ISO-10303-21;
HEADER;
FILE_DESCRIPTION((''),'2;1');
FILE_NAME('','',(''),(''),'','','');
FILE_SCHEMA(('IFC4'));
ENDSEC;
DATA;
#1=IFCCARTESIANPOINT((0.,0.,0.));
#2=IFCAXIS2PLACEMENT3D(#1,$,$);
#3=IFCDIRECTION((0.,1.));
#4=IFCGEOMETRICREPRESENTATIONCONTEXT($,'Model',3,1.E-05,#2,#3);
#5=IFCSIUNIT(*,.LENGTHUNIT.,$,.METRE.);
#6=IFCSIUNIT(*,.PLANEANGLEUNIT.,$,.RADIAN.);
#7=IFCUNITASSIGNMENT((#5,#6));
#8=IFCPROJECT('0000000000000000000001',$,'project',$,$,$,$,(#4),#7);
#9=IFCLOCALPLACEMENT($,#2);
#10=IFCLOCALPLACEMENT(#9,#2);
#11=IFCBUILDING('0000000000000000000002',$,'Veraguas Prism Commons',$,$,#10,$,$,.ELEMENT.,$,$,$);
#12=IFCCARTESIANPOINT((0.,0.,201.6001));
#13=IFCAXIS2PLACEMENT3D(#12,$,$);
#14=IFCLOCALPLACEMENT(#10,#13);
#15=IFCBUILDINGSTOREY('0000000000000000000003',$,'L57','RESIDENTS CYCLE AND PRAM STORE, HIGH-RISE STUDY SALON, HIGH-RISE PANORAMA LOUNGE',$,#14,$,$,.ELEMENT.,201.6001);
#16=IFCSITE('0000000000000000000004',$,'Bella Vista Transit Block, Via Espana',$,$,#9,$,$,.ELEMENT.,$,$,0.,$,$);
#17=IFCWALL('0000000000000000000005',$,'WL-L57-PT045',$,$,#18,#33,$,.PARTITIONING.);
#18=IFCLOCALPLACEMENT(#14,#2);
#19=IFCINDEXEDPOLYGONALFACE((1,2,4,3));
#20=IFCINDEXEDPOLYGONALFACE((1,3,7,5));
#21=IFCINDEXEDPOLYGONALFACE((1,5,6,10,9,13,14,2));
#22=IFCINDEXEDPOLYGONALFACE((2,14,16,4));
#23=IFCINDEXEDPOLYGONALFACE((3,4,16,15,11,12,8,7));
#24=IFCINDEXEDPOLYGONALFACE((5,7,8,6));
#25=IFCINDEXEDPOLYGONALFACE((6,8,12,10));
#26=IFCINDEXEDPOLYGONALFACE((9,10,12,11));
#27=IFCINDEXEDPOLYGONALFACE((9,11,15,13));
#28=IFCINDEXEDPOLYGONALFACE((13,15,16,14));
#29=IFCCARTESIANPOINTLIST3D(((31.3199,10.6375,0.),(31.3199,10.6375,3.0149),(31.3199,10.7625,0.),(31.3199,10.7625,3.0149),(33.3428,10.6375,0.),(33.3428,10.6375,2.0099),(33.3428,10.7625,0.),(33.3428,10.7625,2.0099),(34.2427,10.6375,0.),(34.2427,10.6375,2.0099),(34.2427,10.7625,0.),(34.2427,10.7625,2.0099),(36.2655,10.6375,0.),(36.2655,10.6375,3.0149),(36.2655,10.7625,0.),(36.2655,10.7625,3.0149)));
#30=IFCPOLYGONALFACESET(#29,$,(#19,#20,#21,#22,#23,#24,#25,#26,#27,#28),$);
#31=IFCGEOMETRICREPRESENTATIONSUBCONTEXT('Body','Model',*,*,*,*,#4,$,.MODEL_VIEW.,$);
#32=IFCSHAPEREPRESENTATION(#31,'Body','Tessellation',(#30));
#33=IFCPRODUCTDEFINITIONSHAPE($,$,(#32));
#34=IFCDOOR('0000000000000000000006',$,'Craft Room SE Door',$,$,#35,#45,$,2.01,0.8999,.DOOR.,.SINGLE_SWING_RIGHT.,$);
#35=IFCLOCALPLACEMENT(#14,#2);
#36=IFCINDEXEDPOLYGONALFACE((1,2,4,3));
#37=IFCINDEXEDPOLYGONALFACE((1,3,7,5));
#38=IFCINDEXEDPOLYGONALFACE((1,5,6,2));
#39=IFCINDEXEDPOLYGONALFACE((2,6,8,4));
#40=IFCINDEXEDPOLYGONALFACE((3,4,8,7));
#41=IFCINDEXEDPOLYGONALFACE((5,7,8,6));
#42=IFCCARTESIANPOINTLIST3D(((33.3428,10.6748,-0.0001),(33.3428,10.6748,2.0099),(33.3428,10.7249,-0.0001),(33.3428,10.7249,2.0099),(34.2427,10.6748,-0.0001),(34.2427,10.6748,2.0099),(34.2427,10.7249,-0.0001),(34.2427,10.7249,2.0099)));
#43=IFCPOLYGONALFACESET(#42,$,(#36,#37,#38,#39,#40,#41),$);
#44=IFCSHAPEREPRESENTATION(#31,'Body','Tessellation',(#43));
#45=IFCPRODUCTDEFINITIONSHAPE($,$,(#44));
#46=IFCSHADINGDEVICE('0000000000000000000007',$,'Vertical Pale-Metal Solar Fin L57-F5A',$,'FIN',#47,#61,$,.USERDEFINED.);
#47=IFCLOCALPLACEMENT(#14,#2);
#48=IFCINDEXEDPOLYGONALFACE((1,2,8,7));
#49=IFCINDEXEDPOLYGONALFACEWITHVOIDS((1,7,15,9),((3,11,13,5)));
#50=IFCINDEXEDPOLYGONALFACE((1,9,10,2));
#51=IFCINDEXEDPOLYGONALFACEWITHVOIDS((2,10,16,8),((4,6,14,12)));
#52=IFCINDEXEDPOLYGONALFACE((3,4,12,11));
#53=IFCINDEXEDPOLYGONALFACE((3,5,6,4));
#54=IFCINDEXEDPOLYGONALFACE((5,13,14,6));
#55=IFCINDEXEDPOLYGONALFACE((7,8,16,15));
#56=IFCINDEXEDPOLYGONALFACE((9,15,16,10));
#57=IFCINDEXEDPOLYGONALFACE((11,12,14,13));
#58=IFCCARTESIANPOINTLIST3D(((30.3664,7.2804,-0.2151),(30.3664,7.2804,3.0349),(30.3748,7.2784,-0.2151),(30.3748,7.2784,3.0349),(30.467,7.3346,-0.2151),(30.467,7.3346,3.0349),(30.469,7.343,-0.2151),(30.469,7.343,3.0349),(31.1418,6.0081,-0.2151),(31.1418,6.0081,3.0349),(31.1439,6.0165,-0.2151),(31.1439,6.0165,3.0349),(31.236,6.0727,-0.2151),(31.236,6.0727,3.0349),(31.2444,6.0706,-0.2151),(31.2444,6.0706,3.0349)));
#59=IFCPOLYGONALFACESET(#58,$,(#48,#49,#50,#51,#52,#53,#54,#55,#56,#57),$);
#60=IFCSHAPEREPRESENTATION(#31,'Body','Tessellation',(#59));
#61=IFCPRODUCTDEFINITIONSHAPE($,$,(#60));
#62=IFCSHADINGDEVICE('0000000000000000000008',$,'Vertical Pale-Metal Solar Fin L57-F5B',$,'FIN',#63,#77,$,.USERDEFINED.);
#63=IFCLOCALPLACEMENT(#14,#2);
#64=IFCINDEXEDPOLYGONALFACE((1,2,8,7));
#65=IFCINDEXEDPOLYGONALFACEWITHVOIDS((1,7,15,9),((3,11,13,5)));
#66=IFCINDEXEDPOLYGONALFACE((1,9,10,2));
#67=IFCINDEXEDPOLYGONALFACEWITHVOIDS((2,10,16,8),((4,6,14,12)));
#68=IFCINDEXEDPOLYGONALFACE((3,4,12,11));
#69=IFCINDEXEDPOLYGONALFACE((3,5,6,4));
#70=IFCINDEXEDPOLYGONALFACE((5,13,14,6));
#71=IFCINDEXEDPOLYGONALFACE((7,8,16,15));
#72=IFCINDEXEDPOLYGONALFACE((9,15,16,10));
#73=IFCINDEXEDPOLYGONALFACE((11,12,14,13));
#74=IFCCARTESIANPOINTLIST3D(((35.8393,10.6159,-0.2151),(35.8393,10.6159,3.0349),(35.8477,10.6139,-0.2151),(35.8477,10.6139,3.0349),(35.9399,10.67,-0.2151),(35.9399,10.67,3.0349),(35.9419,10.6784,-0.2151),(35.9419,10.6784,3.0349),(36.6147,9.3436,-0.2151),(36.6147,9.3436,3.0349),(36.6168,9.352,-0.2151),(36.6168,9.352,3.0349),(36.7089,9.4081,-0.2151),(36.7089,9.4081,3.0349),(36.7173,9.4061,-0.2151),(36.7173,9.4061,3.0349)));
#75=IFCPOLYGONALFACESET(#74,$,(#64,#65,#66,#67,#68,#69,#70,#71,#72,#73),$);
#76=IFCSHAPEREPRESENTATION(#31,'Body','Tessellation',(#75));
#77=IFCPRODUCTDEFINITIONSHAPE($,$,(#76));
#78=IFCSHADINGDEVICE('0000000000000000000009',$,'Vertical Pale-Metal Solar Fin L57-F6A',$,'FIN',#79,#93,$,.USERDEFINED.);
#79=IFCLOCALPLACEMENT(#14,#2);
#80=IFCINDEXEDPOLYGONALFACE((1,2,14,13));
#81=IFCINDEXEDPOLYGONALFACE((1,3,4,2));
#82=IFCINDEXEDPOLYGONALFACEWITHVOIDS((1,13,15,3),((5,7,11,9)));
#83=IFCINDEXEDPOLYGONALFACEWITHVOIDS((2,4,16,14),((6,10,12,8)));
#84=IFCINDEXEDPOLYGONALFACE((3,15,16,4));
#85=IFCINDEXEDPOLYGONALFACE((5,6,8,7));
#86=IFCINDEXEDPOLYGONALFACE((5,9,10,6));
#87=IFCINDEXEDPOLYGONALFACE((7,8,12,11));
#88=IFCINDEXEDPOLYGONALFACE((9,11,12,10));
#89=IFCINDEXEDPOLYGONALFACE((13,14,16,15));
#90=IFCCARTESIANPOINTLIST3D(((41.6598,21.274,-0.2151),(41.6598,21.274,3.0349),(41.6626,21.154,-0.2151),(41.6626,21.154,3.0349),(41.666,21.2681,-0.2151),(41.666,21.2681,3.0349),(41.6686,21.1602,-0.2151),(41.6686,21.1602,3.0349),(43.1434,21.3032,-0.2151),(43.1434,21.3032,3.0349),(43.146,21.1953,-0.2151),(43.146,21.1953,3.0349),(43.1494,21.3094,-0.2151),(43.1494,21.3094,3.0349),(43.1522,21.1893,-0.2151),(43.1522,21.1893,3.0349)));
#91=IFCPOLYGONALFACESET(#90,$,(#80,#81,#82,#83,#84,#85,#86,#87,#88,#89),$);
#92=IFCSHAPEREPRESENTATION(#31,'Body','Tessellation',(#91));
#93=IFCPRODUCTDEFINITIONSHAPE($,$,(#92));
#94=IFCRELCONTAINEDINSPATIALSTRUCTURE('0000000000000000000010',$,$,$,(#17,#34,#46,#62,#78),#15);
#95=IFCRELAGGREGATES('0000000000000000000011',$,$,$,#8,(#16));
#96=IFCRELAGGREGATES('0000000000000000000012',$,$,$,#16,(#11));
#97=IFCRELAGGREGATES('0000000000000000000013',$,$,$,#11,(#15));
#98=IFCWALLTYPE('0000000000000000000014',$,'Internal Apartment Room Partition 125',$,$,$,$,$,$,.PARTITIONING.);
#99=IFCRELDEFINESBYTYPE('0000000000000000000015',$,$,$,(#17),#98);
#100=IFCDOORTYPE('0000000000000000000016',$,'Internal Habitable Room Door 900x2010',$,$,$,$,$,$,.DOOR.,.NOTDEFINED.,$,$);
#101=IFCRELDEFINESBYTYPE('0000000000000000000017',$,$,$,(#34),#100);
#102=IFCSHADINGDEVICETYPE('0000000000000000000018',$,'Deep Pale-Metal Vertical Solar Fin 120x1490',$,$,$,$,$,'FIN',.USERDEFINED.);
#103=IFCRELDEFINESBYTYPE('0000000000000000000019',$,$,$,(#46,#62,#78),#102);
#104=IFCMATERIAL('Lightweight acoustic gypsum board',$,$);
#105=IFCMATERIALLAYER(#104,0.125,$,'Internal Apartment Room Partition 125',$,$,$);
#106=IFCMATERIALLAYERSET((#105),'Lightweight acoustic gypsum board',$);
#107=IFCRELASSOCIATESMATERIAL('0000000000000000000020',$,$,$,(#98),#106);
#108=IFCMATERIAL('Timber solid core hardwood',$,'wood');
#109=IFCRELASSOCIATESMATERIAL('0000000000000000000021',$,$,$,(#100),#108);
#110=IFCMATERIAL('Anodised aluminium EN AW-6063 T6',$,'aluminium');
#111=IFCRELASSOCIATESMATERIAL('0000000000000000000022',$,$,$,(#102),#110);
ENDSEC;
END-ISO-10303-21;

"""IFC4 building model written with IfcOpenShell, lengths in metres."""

from ifc_helpers import new_model, si_unit, direction, frame, frame_2d, origin, origin_2d, place, context, subcontext, project, spatial, rectangle, hollow_rectangle, extrude, source, transform, mapped, material, layer, layer_set, material_profile, profile_set, type_object, element, fill, save


model = new_model("IFC4")

# Units and contexts
model_context = context("Model", 3, precision=1e-05, world=origin(), true_north=direction((0.0, 1.0)))
body_context = subcontext(model_context, "Body", "Model", "MODEL_VIEW")
ifc_project = project(units=[si_unit("LENGTHUNIT", "METRE"), si_unit("PLANEANGLEUNIT", "RADIAN")], contexts=[model_context])

# Site, building, storey
site_placement = place(None, origin())
site = spatial("IfcSite", under=ifc_project, at=site_placement, Name="Bella Vista Transit Block, Via Espana", CompositionType="ELEMENT", RefElevation=0.0)
building_placement = place(site_placement, origin())
building = spatial("IfcBuilding", under=site, at=building_placement, Name="Veraguas Prism Commons", CompositionType="ELEMENT")
storey_placement = place(building_placement, frame((0.0, 0.0, 201.6001)))
storey = spatial("IfcBuildingStorey", under=building, at=storey_placement, Name="L57", Description="RESIDENTS CYCLE AND PRAM STORE, HIGH-RISE STUDY SALON, HIGH-RISE PANORAMA LOUNGE", CompositionType="ELEMENT", Elevation=201.6001)

# Shared definitions
ifc_material_1 = material(Name="Anodised aluminium EN AW-6063 T6", Category="aluminium")

# Wall, opening, door
shared_shape_1 = source(origin(), body_context, "Body", "SweptSolid", [
    extrude(rectangle(XDim=0.8999, YDim=2.01, at=frame_2d((0.45, 1.0049))), frame((0.0, 0.0249, 0.0), z_axis=(0.0, -1.0, 0.0), x_axis=(1.0, 0.0, 0.0)), (0.0, 0.0, 1.0), 0.05),
])
ifc_material_2 = material(Name="Lightweight acoustic gypsum board")
ifc_layer_1 = layer(ifc_material_2, 0.125, Name="Internal Apartment Room Partition 125")
ifc_layer_set_1 = layer_set([ifc_layer_1], Name="Lightweight acoustic gypsum board")
wall_type_1 = type_object("IfcWallType", Name="Internal Apartment Room Partition 125", PredefinedType="PARTITIONING", material=ifc_layer_set_1)
wall_1_placement = place(storey_placement, frame((31.3201, 10.7, 0.0), z_axis=(0.0, 0.0, 1.0), x_axis=(1.0, 0.0, 0.0)))
wall_1 = element("IfcWall", 1, at=wall_1_placement, inside=storey, type_object=wall_type_1, Name="WL-L57-PT045", PredefinedType="PARTITIONING", context=body_context, shape_type="SweptSolid", body=[
    extrude(rectangle(XDim=4.9456, YDim=0.125, at=frame_2d((2.4727, 0.0))), origin(), (0.0, 0.0, 1.0), 3.0149),
])
opening_1_placement = place(wall_1_placement, frame((2.0227, 0.0, 0.0)))
opening_1 = element("IfcOpeningElement", 2, at=opening_1_placement, cuts=wall_1, PredefinedType="OPENING", context=body_context, shape_type="SweptSolid", body=[
    extrude(rectangle(XDim=0.8999, YDim=2.01, at=frame_2d((0.45, 1.0049))), frame((0.0, 0.0725, 0.0), z_axis=(0.0, -1.0, 0.0), x_axis=(1.0, 0.0, 0.0)), (0.0, 0.0, 1.0), 0.145),
])
ifc_material_3 = material(Name="Timber solid core hardwood", Category="wood")
door_type_1 = type_object("IfcDoorType", Name="Internal Habitable Room Door 900x2010", OperationType="NOTDEFINED", PredefinedType="DOOR", material=ifc_material_3)
door_1_placement = place(opening_1_placement, origin())
door_1 = element("IfcDoor", 3, at=door_1_placement, inside=storey, type_object=door_type_1, Name="Craft Room SE Door", OperationType="SINGLE_SWING_RIGHT", OverallHeight=2.01, OverallWidth=0.8999, PredefinedType="DOOR", context=body_context, shape_type="MappedRepresentation", body=[
    mapped(shared_shape_1, transform((0.0, 0.0, 0.0), scale=1.0)),
])
fill(opening_1, door_1)

# Shading devices
ifc_material_profile_1 = material_profile(ifc_material_1, hollow_rectangle(XDim=0.1201, YDim=1.49, WallThickness=0.0061, at=origin_2d()), Name="FIN120X1490X6")
ifc_profile_set_1 = profile_set([ifc_material_profile_1], Name="Anodised aluminium EN AW-6063 T6")
shading_device_type = type_object("IfcShadingDeviceType", Name="Deep Pale-Metal Vertical Solar Fin 120x1490", ElementType="FIN", PredefinedType="USERDEFINED", material=ifc_profile_set_1)
for number, where, z_axis, x_axis, name in (
    (4, (30.8054, 6.6755, -0.2151), (0.0, 0.0, 1.0), (0.853914, 0.520414, 0.0), "Vertical Pale-Metal Solar Fin L57-F5A"),
    (5, (36.2783, 10.011, -0.2151), (0.0, 0.0, 1.0), (0.853914, 0.520414, 0.0), "Vertical Pale-Metal Solar Fin L57-F5B"),
    (6, (42.406, 21.2317, -0.2151), (0.0, 0.0, 1.0), (-0.023736, 0.999718, 0.0), "Vertical Pale-Metal Solar Fin L57-F6A"),
):
    element("IfcShadingDevice", number, at=place(storey_placement, frame(where, z_axis=z_axis, x_axis=x_axis)), inside=storey, type_object=shading_device_type, Name=name, ObjectType="FIN", PredefinedType="USERDEFINED", context=body_context, shape_type="SweptSolid", body=[
        extrude(hollow_rectangle(XDim=0.1201, YDim=1.49, WallThickness=0.0061, at=origin_2d()), origin(), (0.0, 0.0, 1.0), 3.25),
    ])

save(model, "model.ifc")
